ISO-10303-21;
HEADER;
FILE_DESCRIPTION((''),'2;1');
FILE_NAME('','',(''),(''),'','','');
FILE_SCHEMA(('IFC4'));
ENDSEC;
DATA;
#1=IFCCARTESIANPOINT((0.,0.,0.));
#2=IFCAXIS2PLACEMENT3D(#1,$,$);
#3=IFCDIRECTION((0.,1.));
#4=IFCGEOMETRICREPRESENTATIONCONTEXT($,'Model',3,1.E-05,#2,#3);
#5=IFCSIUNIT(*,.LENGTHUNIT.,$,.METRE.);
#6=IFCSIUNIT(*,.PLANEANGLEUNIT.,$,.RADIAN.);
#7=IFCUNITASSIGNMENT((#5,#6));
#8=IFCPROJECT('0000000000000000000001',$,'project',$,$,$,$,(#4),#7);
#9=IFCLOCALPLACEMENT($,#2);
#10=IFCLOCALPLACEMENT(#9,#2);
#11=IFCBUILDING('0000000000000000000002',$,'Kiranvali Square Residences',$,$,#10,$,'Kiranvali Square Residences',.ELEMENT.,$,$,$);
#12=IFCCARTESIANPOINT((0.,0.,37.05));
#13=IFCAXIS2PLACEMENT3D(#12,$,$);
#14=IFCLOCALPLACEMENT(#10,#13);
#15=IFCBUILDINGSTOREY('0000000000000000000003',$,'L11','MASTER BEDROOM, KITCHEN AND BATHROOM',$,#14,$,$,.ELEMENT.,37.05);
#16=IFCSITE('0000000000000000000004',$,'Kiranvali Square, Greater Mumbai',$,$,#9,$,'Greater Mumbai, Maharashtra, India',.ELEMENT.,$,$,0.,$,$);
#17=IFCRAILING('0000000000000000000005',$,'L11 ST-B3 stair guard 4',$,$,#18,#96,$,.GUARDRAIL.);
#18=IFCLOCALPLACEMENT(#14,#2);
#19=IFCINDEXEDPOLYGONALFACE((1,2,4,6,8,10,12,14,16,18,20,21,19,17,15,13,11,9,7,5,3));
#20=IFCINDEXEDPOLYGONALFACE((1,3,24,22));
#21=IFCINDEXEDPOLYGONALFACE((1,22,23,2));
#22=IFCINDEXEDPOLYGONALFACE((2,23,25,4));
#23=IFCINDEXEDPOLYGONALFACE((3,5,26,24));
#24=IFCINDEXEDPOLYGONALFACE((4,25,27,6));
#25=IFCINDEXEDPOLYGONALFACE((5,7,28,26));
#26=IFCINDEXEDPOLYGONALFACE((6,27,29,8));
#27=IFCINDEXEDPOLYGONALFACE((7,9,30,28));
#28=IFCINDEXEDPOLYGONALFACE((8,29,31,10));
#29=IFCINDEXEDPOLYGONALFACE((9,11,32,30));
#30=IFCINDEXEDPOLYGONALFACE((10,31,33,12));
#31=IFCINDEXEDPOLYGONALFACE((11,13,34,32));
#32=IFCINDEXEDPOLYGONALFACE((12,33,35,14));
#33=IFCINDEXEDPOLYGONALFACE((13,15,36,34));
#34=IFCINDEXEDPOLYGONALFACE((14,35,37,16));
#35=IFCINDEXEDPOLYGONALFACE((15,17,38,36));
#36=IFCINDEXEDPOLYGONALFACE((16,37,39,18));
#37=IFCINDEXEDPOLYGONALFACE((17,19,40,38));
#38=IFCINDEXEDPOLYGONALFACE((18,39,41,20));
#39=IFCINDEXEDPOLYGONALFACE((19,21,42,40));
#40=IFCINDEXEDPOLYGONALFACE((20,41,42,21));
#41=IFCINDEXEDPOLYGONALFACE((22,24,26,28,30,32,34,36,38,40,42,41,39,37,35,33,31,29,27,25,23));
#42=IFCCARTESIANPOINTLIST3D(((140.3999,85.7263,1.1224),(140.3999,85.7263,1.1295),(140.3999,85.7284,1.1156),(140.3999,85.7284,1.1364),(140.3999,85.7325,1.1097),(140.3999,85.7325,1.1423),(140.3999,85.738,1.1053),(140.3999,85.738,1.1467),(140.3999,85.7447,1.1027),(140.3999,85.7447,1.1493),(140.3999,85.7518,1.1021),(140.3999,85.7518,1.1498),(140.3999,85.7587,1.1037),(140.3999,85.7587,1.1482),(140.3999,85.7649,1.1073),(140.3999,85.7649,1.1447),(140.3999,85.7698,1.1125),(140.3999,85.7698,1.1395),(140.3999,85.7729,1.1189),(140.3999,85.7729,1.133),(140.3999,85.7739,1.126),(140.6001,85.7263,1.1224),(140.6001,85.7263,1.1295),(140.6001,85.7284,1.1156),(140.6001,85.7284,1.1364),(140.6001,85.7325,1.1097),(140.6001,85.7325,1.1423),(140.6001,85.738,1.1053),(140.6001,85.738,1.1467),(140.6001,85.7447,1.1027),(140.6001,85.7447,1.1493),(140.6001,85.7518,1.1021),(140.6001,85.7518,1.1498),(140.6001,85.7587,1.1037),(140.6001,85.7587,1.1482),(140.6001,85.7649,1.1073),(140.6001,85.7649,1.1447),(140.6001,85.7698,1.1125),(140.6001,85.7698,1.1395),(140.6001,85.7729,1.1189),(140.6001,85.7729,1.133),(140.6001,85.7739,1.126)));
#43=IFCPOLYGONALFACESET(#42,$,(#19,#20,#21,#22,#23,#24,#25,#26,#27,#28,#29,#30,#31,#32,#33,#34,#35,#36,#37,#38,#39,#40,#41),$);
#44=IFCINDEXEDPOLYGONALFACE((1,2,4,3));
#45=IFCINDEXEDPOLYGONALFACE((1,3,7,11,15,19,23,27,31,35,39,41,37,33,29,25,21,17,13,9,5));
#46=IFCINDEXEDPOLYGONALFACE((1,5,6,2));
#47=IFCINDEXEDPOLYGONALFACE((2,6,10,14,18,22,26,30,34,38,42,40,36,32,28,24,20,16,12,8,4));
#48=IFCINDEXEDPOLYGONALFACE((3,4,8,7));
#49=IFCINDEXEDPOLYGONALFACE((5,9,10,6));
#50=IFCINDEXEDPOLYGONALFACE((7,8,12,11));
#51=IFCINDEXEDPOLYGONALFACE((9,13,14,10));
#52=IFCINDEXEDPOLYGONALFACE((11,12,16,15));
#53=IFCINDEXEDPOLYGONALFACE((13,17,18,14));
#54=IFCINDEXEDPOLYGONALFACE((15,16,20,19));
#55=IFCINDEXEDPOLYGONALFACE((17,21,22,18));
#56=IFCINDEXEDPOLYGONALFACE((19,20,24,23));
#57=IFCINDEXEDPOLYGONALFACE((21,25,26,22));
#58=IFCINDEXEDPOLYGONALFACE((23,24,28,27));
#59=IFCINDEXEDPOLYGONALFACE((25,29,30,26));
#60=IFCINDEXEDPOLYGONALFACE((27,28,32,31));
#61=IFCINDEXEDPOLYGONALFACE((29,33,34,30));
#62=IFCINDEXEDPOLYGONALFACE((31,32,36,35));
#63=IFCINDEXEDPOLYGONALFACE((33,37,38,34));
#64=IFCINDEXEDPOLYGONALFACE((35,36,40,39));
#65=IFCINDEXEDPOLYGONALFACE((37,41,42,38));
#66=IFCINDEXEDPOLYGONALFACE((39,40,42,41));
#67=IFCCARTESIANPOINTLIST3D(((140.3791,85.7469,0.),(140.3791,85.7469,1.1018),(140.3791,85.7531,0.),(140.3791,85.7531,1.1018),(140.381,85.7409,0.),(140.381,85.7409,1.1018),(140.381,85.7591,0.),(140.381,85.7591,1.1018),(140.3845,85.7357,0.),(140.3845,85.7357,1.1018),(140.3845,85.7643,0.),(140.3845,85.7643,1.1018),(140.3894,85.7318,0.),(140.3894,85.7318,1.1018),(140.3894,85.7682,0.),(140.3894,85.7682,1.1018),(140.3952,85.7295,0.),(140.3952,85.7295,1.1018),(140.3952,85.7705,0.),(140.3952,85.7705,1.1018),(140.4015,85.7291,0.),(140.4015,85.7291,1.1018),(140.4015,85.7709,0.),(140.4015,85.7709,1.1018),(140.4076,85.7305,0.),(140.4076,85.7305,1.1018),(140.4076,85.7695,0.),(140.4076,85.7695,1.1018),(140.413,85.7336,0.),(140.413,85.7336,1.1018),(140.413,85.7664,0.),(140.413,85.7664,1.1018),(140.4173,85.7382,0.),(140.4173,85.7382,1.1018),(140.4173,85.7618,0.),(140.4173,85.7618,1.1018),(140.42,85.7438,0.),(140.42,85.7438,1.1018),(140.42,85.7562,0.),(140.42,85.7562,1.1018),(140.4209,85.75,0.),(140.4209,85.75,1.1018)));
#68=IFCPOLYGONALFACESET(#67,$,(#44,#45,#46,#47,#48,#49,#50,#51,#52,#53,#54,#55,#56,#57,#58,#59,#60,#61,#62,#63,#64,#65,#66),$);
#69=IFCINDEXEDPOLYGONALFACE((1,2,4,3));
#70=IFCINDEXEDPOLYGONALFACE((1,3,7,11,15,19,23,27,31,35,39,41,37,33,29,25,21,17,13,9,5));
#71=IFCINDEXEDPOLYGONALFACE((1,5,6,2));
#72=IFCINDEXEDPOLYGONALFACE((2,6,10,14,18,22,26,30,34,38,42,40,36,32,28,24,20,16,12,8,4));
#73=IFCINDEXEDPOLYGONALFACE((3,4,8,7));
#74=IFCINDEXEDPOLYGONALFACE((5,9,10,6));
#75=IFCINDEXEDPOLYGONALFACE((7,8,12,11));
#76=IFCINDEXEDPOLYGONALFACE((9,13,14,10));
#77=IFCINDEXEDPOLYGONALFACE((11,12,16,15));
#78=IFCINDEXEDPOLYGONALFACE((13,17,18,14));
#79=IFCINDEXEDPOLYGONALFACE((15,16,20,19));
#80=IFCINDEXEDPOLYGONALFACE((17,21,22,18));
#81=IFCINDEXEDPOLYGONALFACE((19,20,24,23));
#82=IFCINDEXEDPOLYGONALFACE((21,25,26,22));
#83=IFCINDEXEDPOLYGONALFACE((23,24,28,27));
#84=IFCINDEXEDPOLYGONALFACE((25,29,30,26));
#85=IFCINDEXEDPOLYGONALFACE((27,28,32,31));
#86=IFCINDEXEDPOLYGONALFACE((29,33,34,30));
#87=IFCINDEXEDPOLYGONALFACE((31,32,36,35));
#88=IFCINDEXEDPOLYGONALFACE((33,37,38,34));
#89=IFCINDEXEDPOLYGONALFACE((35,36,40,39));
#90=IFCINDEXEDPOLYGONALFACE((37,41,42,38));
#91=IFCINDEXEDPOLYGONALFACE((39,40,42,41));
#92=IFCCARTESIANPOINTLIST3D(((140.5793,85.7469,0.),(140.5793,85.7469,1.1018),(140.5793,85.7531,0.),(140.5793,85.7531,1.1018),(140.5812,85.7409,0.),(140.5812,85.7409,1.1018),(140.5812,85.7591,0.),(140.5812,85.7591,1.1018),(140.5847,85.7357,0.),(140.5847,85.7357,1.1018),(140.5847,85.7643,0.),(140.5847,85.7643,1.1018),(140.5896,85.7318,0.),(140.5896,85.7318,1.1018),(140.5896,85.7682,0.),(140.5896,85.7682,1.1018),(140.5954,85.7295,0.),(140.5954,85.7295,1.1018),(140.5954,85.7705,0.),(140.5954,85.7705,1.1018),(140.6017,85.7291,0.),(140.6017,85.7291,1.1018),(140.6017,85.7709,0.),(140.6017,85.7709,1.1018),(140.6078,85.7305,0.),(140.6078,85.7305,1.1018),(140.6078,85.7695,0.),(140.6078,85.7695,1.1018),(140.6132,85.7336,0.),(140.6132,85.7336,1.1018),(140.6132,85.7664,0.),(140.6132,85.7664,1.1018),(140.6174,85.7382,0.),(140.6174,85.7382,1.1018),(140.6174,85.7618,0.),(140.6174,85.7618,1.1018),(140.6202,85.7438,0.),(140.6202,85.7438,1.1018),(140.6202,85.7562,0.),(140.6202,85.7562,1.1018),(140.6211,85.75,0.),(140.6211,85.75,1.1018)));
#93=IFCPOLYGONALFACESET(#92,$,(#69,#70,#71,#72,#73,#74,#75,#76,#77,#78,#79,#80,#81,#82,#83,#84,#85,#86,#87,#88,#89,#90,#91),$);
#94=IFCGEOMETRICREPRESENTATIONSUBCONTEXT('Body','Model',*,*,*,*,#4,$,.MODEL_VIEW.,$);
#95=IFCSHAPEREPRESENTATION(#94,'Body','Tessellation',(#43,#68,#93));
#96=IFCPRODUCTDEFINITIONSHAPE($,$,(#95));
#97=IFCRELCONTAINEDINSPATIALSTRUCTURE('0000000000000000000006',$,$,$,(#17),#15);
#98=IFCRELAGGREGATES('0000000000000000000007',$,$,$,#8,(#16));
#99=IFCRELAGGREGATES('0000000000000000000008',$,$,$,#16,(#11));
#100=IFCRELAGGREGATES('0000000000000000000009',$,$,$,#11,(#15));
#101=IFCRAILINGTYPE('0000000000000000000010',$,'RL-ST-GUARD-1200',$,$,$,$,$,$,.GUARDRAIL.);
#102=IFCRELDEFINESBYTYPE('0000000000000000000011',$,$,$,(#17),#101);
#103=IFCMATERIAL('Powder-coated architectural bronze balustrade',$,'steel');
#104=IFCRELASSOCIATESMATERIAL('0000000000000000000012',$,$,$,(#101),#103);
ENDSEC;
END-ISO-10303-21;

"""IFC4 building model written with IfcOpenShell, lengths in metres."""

from ifc_helpers import new_model, si_unit, direction, frame, origin, origin_2d, place, context, subcontext, project, spatial, circle, extrude, material, type_object, element, save


model = new_model("IFC4")

# Units and contexts
model_context = context("Model", 3, precision=1e-05, world=origin(), true_north=direction((0.0, 1.0)))
body_context = subcontext(model_context, "Body", "Model", "MODEL_VIEW")
ifc_project = project(units=[si_unit("LENGTHUNIT", "METRE"), si_unit("PLANEANGLEUNIT", "RADIAN")], contexts=[model_context])

# Site, building, storey
site_placement = place(None, origin())
site = spatial("IfcSite", under=ifc_project, at=site_placement, Name="Kiranvali Square, Greater Mumbai", LongName="Greater Mumbai, Maharashtra, India", CompositionType="ELEMENT", RefElevation=0.0)
building_placement = place(site_placement, origin())
building = spatial("IfcBuilding", under=site, at=building_placement, Name="Kiranvali Square Residences", LongName="Kiranvali Square Residences", CompositionType="ELEMENT")
storey_placement = place(building_placement, frame((0.0, 0.0, 37.05)))
storey = spatial("IfcBuildingStorey", under=building, at=storey_placement, Name="L11", Description="MASTER BEDROOM, KITCHEN AND BATHROOM", CompositionType="ELEMENT", Elevation=37.05)

# Railing
ifc_material_1 = material(Name="Powder-coated architectural bronze balustrade", Category="steel")
railing_type_1 = type_object("IfcRailingType", Name="RL-ST-GUARD-1200", PredefinedType="GUARDRAIL", material=ifc_material_1)
railing_1_placement = place(storey_placement, frame((140.3999, 85.75, 0.0)))
element("IfcRailing", 1, at=railing_1_placement, inside=storey, type_object=railing_type_1, Name="L11 ST-B3 stair guard 4", PredefinedType="GUARDRAIL", context=body_context, shape_type="SweptSolid", body=[
    extrude(circle(Radius=0.0239, at=origin_2d()), frame((0.0, 0.0, 1.126), z_axis=(1.0, 0.0, 0.0), x_axis=(0.0, 1.0, 0.0)), (0.0, 0.0, 1.0), 0.2002),
    extrude(circle(Radius=0.021, at=origin_2d()), origin(), (0.0, 0.0, 1.0), 1.1018),
    extrude(circle(Radius=0.021, at=origin_2d()), frame((0.2002, 0.0, 0.0)), (0.0, 0.0, 1.0), 1.1018),
])

save(model, "model.ifc")
